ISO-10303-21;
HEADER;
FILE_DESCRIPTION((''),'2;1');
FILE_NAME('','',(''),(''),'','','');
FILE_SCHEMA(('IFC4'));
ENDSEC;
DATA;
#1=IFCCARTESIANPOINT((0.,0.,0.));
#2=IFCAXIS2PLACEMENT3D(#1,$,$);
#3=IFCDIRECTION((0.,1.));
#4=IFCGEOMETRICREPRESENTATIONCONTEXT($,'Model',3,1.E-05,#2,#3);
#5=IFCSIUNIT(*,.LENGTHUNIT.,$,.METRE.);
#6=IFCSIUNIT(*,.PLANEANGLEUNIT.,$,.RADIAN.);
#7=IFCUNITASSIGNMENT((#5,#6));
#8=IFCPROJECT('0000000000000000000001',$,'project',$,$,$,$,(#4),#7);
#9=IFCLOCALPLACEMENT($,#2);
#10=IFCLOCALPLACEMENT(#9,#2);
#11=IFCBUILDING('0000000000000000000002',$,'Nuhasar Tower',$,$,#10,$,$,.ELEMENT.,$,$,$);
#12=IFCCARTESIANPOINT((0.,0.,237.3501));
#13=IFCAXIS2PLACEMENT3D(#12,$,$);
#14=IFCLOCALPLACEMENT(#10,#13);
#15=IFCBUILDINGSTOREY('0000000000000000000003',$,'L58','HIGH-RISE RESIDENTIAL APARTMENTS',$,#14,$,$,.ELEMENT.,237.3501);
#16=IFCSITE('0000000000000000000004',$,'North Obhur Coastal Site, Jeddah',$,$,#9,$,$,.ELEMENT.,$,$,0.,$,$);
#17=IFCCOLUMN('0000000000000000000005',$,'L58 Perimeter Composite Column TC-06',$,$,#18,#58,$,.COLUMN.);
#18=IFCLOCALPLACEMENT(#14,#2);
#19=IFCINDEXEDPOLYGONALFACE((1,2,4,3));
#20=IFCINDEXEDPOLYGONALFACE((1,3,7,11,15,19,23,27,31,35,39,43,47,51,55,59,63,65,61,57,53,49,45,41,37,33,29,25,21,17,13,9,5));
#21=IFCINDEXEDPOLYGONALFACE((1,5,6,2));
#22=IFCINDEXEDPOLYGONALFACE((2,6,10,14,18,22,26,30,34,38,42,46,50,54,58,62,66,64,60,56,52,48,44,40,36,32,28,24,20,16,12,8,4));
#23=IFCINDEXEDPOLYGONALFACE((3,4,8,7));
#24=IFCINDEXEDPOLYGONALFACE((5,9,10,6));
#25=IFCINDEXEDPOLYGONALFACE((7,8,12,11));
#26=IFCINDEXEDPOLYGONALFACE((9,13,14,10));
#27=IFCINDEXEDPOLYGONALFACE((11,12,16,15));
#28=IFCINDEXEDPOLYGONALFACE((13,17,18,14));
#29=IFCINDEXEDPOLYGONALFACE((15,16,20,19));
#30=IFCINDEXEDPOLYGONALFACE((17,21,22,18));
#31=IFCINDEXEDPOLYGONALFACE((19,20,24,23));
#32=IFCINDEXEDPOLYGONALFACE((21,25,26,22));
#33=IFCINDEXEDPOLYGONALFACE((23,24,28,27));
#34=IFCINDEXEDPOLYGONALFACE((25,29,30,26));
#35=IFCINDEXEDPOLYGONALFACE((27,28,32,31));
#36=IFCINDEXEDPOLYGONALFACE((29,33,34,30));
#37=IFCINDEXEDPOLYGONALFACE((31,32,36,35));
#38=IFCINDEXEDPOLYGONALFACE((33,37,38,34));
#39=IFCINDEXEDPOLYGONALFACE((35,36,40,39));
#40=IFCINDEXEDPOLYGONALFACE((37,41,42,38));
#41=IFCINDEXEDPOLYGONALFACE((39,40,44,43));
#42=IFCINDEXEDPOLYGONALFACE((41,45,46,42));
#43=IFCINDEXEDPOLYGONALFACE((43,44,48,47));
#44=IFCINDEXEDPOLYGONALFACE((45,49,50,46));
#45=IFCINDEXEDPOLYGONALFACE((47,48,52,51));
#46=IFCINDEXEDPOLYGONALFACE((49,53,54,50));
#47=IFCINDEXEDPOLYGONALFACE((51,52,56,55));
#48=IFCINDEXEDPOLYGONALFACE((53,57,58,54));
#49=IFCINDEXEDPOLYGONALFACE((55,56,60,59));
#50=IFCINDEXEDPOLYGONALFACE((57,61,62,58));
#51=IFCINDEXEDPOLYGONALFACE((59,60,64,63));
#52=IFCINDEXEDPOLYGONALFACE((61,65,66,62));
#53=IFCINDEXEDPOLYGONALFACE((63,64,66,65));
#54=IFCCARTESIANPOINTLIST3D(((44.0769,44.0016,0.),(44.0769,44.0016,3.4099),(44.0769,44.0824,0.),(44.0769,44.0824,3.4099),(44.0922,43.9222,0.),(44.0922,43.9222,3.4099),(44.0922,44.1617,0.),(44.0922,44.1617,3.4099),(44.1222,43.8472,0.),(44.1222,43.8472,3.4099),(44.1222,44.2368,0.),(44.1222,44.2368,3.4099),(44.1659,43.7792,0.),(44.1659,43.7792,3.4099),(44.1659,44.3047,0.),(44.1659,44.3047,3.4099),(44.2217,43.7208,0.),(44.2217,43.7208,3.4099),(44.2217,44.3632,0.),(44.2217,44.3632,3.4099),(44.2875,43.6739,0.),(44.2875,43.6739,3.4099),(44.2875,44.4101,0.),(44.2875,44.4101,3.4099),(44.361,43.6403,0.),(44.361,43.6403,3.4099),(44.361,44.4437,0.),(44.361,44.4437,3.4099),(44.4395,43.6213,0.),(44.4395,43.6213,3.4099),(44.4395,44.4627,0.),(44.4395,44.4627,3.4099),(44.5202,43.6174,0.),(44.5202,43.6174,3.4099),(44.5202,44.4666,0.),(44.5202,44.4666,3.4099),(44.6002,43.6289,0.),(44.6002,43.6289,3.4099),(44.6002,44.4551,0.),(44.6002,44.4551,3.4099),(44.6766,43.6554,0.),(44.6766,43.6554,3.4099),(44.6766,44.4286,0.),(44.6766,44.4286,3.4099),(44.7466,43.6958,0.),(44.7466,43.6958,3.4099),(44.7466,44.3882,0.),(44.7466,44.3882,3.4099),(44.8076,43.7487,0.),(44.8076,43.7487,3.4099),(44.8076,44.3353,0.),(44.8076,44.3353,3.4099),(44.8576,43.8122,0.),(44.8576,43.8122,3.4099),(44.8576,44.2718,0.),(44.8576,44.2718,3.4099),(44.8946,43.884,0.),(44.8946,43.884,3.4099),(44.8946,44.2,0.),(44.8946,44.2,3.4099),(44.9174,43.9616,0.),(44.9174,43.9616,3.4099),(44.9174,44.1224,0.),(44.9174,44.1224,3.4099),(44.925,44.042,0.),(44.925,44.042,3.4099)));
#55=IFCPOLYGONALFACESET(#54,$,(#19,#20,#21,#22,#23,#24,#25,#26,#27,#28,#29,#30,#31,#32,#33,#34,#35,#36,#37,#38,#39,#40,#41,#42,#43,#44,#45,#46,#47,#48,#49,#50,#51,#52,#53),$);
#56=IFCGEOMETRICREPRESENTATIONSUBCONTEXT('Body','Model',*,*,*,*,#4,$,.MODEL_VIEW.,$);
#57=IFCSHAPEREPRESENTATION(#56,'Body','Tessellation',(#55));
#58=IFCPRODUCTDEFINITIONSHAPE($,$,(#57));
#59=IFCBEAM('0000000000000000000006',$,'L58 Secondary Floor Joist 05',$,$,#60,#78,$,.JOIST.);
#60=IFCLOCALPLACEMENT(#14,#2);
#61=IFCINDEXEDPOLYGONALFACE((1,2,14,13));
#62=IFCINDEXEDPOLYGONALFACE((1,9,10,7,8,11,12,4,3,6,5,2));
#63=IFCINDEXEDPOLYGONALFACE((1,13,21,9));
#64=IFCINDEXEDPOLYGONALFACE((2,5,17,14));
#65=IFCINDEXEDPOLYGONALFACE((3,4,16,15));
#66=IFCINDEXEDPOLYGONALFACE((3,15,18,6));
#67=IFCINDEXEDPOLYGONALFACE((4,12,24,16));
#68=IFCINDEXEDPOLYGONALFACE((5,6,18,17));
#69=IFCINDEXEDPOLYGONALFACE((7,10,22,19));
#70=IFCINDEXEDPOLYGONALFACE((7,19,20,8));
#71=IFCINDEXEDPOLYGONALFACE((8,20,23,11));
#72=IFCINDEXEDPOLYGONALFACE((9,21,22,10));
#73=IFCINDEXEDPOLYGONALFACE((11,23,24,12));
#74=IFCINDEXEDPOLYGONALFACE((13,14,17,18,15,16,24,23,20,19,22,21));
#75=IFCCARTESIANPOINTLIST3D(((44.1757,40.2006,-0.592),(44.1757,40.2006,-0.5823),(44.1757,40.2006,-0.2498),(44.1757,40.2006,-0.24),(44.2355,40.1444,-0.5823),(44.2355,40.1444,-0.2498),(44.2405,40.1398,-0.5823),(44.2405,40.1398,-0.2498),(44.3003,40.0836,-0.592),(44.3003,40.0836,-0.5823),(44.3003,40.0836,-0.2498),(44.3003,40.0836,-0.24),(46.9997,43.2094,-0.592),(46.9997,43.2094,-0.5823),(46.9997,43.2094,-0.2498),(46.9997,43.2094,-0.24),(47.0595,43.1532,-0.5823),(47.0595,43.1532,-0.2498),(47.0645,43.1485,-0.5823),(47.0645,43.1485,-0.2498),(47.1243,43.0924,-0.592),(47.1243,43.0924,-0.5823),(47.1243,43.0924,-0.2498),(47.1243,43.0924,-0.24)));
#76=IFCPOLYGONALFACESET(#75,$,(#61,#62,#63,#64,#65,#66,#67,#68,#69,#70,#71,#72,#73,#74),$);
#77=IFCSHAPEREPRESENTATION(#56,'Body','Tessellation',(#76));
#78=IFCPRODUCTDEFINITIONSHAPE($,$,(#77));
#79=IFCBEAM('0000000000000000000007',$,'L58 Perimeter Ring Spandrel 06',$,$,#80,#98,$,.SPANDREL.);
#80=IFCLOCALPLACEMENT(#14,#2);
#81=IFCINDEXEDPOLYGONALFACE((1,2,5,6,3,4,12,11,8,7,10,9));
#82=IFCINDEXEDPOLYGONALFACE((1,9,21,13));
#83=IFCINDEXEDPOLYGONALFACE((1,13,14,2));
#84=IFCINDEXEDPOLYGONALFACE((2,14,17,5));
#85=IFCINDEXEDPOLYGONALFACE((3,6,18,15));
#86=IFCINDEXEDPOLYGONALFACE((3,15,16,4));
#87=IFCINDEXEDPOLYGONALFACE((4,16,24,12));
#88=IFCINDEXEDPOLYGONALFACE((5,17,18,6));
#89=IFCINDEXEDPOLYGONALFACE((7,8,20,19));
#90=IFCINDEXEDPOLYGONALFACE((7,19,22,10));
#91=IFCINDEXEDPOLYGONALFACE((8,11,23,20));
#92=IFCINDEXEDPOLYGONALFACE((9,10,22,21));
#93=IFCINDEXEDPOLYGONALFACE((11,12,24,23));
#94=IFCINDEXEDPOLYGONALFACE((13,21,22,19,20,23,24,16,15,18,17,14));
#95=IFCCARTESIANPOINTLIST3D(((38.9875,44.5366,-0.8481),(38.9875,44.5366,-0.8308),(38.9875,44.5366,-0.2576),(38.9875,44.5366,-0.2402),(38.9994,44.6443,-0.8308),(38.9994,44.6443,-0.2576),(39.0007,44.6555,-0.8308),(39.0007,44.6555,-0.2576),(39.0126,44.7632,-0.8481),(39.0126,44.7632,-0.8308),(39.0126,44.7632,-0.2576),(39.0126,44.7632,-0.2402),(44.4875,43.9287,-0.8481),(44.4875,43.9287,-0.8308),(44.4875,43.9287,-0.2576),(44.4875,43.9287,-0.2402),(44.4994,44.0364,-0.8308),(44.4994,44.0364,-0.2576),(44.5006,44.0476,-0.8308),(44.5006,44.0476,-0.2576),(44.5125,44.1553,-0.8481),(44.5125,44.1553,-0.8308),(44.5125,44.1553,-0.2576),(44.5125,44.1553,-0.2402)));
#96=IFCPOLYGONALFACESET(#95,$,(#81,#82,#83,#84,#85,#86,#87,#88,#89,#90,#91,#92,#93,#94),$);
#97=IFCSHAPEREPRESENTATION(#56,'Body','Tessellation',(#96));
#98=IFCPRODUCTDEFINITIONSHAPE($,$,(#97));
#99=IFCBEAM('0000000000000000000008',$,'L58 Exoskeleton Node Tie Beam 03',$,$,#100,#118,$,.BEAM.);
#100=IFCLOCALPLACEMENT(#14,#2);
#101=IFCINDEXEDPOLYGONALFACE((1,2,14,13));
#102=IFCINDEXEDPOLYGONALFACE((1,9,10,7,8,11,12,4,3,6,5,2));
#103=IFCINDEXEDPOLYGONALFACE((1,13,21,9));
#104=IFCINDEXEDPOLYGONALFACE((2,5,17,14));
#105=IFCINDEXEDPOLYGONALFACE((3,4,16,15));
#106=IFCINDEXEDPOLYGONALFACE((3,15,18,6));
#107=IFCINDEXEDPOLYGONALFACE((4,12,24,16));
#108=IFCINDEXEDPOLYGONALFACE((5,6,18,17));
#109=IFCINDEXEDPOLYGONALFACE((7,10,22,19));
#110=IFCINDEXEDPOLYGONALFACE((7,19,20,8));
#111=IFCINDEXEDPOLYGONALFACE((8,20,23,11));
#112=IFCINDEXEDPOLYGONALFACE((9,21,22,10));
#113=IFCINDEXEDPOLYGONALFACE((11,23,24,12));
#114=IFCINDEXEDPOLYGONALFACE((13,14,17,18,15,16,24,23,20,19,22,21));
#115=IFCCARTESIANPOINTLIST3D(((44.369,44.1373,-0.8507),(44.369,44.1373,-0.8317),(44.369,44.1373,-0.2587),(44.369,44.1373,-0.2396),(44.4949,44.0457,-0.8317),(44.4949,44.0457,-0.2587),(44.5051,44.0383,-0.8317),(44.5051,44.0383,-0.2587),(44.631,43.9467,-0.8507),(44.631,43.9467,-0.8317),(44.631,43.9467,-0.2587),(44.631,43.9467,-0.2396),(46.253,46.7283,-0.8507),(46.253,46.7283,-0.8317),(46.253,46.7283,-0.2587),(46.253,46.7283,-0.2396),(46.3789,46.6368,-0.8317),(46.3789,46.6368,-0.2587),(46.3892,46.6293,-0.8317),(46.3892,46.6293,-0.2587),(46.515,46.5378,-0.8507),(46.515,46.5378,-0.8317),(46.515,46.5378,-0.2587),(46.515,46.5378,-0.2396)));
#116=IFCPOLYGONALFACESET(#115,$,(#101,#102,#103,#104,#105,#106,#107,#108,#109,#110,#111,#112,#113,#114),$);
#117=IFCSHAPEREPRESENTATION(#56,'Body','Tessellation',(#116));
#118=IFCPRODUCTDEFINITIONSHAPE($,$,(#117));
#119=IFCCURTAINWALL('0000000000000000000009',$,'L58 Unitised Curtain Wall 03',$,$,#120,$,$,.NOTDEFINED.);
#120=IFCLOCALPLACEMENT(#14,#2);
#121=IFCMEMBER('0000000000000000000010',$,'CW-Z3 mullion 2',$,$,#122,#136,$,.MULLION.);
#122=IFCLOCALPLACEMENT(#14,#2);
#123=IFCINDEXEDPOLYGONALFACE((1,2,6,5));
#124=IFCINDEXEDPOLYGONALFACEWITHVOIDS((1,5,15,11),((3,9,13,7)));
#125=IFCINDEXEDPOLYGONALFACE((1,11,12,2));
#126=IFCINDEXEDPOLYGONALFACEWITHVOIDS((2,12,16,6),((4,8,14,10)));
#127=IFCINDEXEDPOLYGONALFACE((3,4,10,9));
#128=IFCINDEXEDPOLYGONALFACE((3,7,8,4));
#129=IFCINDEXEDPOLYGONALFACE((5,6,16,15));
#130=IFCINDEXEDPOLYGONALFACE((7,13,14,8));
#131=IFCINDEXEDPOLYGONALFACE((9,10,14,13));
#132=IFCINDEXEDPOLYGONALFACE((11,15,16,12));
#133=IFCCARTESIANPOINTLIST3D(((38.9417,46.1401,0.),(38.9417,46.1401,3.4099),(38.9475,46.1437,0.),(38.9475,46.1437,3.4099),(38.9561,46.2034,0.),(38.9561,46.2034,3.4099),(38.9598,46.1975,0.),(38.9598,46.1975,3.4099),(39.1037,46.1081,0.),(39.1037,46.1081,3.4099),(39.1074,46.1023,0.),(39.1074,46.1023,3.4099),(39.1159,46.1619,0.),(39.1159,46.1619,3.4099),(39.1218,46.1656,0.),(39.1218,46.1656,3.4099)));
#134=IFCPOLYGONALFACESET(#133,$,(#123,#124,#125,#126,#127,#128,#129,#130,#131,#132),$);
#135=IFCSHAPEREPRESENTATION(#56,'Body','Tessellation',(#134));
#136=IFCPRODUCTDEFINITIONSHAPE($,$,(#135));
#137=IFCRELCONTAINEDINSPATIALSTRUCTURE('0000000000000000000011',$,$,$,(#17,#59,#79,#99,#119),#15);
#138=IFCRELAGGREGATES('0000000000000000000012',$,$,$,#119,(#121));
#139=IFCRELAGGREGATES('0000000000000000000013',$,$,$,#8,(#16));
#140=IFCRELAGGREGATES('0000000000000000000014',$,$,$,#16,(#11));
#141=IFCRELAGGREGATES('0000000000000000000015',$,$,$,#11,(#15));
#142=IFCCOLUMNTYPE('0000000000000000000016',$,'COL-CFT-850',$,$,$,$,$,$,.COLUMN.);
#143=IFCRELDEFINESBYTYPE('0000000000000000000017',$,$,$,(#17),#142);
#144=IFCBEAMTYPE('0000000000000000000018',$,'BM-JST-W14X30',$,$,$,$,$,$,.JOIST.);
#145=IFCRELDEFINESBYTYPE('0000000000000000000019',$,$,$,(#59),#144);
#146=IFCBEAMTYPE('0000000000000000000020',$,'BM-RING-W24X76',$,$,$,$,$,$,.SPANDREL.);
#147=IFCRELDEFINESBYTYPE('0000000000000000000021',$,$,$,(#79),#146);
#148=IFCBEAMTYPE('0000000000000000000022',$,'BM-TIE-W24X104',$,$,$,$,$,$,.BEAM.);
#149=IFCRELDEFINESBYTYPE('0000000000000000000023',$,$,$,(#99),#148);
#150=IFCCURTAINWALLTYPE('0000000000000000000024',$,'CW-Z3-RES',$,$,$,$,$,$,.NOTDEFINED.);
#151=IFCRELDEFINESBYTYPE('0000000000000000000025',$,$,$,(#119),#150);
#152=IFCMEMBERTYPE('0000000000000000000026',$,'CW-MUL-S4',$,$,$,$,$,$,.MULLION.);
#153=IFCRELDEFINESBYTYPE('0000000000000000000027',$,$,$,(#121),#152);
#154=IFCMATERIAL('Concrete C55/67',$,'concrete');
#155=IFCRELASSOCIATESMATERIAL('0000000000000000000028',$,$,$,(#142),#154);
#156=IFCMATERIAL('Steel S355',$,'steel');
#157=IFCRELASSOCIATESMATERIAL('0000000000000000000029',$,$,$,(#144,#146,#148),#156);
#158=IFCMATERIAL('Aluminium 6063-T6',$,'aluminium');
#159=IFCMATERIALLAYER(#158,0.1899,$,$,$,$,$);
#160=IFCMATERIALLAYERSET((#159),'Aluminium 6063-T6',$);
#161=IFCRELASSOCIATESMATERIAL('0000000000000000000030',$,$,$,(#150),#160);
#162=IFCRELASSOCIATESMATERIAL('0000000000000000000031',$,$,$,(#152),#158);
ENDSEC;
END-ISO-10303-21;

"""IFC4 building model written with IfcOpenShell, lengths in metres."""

from ifc_helpers import new_model, si_unit, direction, frame, origin, origin_2d, place, context, subcontext, project, spatial, hollow_rectangle, circle, i_section, extrude, material, layer, layer_set, material_profile, profile_set, type_object, element, aggregate, save


model = new_model("IFC4")

# Units and contexts
model_context = context("Model", 3, precision=1e-05, world=origin(), true_north=direction((0.0, 1.0)))
body_context = subcontext(model_context, "Body", "Model", "MODEL_VIEW")
ifc_project = project(units=[si_unit("LENGTHUNIT", "METRE"), si_unit("PLANEANGLEUNIT", "RADIAN")], contexts=[model_context])

# Site, building, storey
site_placement = place(None, origin())
site = spatial("IfcSite", under=ifc_project, at=site_placement, Name="North Obhur Coastal Site, Jeddah", CompositionType="ELEMENT", RefElevation=0.0)
building_placement = place(site_placement, origin())
building = spatial("IfcBuilding", under=site, at=building_placement, Name="Nuhasar Tower", CompositionType="ELEMENT")
storey_placement = place(building_placement, frame((0.0, 0.0, 237.3501)))
storey = spatial("IfcBuildingStorey", under=building, at=storey_placement, Name="L58", Description="HIGH-RISE RESIDENTIAL APARTMENTS", CompositionType="ELEMENT", Elevation=237.3501)

# Column
ifc_material_1 = material(Name="Concrete C55/67", Category="concrete")
ifc_material_profile_1 = material_profile(ifc_material_1, circle(Radius=0.425, at=origin_2d()), Name="CFT850")
ifc_profile_set_1 = profile_set([ifc_material_profile_1], Name="Concrete C55/67")
column_type = type_object("IfcColumnType", Name="COL-CFT-850", PredefinedType="COLUMN", material=ifc_profile_set_1)
column_placement = place(storey_placement, frame((44.5, 44.042, 0.0), z_axis=(0.0, 0.0, 1.0), x_axis=(1.0, 0.0, 0.0)))
element("IfcColumn", 1, at=column_placement, inside=storey, type_object=column_type, Name="L58 Perimeter Composite Column TC-06", PredefinedType="COLUMN", context=body_context, shape_type="SweptSolid", body=[
    extrude(circle(Radius=0.425, at=origin_2d()), origin(), (0.0, 0.0, 1.0), 3.4099),
])

# Beams
ifc_material_2 = material(Name="Steel S355", Category="steel")
ifc_material_profile_2 = material_profile(ifc_material_2, i_section(OverallWidth=0.1709, OverallDepth=0.3521, WebThickness=0.0068, FlangeThickness=0.0098, at=origin_2d()), Name="W14X30")
ifc_profile_set_2 = profile_set([ifc_material_profile_2], Name="Steel S355")
beam_type_1 = type_object("IfcBeamType", Name="BM-JST-W14X30", PredefinedType="JOIST", material=ifc_profile_set_2)
beam_1_placement = place(storey_placement, frame((44.238, 40.1421, -0.416), z_axis=(0.684358, 0.729146, 0.0), x_axis=(-0.729146, 0.684358, 0.0)))
element("IfcBeam", 2, at=beam_1_placement, inside=storey, type_object=beam_type_1, Name="L58 Secondary Floor Joist 05", PredefinedType="JOIST", context=body_context, shape_type="SweptSolid", body=[
    extrude(i_section(OverallWidth=0.1709, OverallDepth=0.3521, WebThickness=0.0068, FlangeThickness=0.0098, at=origin_2d()), origin(), (0.0, 0.0, 1.0), 4.1265),
])
ifc_material_profile_3 = material_profile(ifc_material_2, i_section(OverallWidth=0.228, OverallDepth=0.6079, WebThickness=0.0112, FlangeThickness=0.0173, at=origin_2d()), Name="W24X76")
ifc_profile_set_3 = profile_set([ifc_material_profile_3], Name="Steel S355")
beam_type_2 = type_object("IfcBeamType", Name="BM-RING-W24X76", PredefinedType="SPANDREL", material=ifc_profile_set_3)
beam_2_placement = place(storey_placement, frame((44.5, 44.042, -0.5442), z_axis=(-0.993947, 0.10986, 0.0), x_axis=(-0.10986, -0.993947, 0.0)))
element("IfcBeam", 3, at=beam_2_placement, inside=storey, type_object=beam_type_2, Name="L58 Perimeter Ring Spandrel 06", PredefinedType="SPANDREL", context=body_context, shape_type="SweptSolid", body=[
    extrude(i_section(OverallWidth=0.228, OverallDepth=0.6079, WebThickness=0.0112, FlangeThickness=0.0173, at=origin_2d()), origin(), (0.0, 0.0, 1.0), 5.5334),
])
ifc_material_profile_4 = material_profile(ifc_material_2, i_section(OverallWidth=0.324, OverallDepth=0.6111, WebThickness=0.0127, FlangeThickness=0.019, at=origin_2d()), Name="W24X104")
ifc_profile_set_4 = profile_set([ifc_material_profile_4], Name="Steel S355")
beam_type_3 = type_object("IfcBeamType", Name="BM-TIE-W24X104", PredefinedType="BEAM", material=ifc_profile_set_4)
beam_3_placement = place(storey_placement, frame((44.5, 44.042, -0.5452), z_axis=(0.588095, 0.808792, 0.0), x_axis=(-0.808792, 0.588095, 0.0)))
element("IfcBeam", 4, at=beam_3_placement, inside=storey, type_object=beam_type_3, Name="L58 Exoskeleton Node Tie Beam 03", PredefinedType="BEAM", context=body_context, shape_type="SweptSolid", body=[
    extrude(i_section(OverallWidth=0.324, OverallDepth=0.6111, WebThickness=0.0127, FlangeThickness=0.019, at=origin_2d()), origin(), (0.0, 0.0, 1.0), 3.2036),
])

# Curtain wall, member
ifc_material_3 = material(Name="Aluminium 6063-T6", Category="aluminium")
ifc_layer_1 = layer(ifc_material_3, 0.1899)
ifc_layer_set_1 = layer_set([ifc_layer_1], Name="Aluminium 6063-T6")
curtain_wall_type = type_object("IfcCurtainWallType", Name="CW-Z3-RES", PredefinedType="NOTDEFINED", material=ifc_layer_set_1)
curtain_wall_placement = place(storey_placement, origin())
curtain_wall = element("IfcCurtainWall", 5, at=curtain_wall_placement, inside=storey, type_object=curtain_wall_type, Name="L58 Unitised Curtain Wall 03", PredefinedType="NOTDEFINED")
ifc_material_profile_5 = material_profile(ifc_material_3, hollow_rectangle(XDim=0.0649, YDim=0.1699, WallThickness=0.0049, at=origin_2d()), Name="CWM-4")
ifc_profile_set_5 = profile_set([ifc_material_profile_5], Name="Aluminium 6063-T6")
member_type_1 = type_object("IfcMemberType", Name="CW-MUL-S4", PredefinedType="MULLION", material=ifc_profile_set_5)
member_placement = place(storey_placement, frame((39.0317, 46.1528, 0.0), z_axis=(0.0, 0.0, 1.0), x_axis=(-0.222243, -0.974991, 0.0)))
member = element("IfcMember", 6, at=member_placement, type_object=member_type_1, Name="CW-Z3 mullion 2", PredefinedType="MULLION", context=body_context, shape_type="SweptSolid", body=[
    extrude(hollow_rectangle(XDim=0.0649, YDim=0.1699, WallThickness=0.0049, at=origin_2d()), origin(), (0.0, 0.0, 1.0), 3.4099),
])

aggregate(curtain_wall, [member])

save(model, "model.ifc")
